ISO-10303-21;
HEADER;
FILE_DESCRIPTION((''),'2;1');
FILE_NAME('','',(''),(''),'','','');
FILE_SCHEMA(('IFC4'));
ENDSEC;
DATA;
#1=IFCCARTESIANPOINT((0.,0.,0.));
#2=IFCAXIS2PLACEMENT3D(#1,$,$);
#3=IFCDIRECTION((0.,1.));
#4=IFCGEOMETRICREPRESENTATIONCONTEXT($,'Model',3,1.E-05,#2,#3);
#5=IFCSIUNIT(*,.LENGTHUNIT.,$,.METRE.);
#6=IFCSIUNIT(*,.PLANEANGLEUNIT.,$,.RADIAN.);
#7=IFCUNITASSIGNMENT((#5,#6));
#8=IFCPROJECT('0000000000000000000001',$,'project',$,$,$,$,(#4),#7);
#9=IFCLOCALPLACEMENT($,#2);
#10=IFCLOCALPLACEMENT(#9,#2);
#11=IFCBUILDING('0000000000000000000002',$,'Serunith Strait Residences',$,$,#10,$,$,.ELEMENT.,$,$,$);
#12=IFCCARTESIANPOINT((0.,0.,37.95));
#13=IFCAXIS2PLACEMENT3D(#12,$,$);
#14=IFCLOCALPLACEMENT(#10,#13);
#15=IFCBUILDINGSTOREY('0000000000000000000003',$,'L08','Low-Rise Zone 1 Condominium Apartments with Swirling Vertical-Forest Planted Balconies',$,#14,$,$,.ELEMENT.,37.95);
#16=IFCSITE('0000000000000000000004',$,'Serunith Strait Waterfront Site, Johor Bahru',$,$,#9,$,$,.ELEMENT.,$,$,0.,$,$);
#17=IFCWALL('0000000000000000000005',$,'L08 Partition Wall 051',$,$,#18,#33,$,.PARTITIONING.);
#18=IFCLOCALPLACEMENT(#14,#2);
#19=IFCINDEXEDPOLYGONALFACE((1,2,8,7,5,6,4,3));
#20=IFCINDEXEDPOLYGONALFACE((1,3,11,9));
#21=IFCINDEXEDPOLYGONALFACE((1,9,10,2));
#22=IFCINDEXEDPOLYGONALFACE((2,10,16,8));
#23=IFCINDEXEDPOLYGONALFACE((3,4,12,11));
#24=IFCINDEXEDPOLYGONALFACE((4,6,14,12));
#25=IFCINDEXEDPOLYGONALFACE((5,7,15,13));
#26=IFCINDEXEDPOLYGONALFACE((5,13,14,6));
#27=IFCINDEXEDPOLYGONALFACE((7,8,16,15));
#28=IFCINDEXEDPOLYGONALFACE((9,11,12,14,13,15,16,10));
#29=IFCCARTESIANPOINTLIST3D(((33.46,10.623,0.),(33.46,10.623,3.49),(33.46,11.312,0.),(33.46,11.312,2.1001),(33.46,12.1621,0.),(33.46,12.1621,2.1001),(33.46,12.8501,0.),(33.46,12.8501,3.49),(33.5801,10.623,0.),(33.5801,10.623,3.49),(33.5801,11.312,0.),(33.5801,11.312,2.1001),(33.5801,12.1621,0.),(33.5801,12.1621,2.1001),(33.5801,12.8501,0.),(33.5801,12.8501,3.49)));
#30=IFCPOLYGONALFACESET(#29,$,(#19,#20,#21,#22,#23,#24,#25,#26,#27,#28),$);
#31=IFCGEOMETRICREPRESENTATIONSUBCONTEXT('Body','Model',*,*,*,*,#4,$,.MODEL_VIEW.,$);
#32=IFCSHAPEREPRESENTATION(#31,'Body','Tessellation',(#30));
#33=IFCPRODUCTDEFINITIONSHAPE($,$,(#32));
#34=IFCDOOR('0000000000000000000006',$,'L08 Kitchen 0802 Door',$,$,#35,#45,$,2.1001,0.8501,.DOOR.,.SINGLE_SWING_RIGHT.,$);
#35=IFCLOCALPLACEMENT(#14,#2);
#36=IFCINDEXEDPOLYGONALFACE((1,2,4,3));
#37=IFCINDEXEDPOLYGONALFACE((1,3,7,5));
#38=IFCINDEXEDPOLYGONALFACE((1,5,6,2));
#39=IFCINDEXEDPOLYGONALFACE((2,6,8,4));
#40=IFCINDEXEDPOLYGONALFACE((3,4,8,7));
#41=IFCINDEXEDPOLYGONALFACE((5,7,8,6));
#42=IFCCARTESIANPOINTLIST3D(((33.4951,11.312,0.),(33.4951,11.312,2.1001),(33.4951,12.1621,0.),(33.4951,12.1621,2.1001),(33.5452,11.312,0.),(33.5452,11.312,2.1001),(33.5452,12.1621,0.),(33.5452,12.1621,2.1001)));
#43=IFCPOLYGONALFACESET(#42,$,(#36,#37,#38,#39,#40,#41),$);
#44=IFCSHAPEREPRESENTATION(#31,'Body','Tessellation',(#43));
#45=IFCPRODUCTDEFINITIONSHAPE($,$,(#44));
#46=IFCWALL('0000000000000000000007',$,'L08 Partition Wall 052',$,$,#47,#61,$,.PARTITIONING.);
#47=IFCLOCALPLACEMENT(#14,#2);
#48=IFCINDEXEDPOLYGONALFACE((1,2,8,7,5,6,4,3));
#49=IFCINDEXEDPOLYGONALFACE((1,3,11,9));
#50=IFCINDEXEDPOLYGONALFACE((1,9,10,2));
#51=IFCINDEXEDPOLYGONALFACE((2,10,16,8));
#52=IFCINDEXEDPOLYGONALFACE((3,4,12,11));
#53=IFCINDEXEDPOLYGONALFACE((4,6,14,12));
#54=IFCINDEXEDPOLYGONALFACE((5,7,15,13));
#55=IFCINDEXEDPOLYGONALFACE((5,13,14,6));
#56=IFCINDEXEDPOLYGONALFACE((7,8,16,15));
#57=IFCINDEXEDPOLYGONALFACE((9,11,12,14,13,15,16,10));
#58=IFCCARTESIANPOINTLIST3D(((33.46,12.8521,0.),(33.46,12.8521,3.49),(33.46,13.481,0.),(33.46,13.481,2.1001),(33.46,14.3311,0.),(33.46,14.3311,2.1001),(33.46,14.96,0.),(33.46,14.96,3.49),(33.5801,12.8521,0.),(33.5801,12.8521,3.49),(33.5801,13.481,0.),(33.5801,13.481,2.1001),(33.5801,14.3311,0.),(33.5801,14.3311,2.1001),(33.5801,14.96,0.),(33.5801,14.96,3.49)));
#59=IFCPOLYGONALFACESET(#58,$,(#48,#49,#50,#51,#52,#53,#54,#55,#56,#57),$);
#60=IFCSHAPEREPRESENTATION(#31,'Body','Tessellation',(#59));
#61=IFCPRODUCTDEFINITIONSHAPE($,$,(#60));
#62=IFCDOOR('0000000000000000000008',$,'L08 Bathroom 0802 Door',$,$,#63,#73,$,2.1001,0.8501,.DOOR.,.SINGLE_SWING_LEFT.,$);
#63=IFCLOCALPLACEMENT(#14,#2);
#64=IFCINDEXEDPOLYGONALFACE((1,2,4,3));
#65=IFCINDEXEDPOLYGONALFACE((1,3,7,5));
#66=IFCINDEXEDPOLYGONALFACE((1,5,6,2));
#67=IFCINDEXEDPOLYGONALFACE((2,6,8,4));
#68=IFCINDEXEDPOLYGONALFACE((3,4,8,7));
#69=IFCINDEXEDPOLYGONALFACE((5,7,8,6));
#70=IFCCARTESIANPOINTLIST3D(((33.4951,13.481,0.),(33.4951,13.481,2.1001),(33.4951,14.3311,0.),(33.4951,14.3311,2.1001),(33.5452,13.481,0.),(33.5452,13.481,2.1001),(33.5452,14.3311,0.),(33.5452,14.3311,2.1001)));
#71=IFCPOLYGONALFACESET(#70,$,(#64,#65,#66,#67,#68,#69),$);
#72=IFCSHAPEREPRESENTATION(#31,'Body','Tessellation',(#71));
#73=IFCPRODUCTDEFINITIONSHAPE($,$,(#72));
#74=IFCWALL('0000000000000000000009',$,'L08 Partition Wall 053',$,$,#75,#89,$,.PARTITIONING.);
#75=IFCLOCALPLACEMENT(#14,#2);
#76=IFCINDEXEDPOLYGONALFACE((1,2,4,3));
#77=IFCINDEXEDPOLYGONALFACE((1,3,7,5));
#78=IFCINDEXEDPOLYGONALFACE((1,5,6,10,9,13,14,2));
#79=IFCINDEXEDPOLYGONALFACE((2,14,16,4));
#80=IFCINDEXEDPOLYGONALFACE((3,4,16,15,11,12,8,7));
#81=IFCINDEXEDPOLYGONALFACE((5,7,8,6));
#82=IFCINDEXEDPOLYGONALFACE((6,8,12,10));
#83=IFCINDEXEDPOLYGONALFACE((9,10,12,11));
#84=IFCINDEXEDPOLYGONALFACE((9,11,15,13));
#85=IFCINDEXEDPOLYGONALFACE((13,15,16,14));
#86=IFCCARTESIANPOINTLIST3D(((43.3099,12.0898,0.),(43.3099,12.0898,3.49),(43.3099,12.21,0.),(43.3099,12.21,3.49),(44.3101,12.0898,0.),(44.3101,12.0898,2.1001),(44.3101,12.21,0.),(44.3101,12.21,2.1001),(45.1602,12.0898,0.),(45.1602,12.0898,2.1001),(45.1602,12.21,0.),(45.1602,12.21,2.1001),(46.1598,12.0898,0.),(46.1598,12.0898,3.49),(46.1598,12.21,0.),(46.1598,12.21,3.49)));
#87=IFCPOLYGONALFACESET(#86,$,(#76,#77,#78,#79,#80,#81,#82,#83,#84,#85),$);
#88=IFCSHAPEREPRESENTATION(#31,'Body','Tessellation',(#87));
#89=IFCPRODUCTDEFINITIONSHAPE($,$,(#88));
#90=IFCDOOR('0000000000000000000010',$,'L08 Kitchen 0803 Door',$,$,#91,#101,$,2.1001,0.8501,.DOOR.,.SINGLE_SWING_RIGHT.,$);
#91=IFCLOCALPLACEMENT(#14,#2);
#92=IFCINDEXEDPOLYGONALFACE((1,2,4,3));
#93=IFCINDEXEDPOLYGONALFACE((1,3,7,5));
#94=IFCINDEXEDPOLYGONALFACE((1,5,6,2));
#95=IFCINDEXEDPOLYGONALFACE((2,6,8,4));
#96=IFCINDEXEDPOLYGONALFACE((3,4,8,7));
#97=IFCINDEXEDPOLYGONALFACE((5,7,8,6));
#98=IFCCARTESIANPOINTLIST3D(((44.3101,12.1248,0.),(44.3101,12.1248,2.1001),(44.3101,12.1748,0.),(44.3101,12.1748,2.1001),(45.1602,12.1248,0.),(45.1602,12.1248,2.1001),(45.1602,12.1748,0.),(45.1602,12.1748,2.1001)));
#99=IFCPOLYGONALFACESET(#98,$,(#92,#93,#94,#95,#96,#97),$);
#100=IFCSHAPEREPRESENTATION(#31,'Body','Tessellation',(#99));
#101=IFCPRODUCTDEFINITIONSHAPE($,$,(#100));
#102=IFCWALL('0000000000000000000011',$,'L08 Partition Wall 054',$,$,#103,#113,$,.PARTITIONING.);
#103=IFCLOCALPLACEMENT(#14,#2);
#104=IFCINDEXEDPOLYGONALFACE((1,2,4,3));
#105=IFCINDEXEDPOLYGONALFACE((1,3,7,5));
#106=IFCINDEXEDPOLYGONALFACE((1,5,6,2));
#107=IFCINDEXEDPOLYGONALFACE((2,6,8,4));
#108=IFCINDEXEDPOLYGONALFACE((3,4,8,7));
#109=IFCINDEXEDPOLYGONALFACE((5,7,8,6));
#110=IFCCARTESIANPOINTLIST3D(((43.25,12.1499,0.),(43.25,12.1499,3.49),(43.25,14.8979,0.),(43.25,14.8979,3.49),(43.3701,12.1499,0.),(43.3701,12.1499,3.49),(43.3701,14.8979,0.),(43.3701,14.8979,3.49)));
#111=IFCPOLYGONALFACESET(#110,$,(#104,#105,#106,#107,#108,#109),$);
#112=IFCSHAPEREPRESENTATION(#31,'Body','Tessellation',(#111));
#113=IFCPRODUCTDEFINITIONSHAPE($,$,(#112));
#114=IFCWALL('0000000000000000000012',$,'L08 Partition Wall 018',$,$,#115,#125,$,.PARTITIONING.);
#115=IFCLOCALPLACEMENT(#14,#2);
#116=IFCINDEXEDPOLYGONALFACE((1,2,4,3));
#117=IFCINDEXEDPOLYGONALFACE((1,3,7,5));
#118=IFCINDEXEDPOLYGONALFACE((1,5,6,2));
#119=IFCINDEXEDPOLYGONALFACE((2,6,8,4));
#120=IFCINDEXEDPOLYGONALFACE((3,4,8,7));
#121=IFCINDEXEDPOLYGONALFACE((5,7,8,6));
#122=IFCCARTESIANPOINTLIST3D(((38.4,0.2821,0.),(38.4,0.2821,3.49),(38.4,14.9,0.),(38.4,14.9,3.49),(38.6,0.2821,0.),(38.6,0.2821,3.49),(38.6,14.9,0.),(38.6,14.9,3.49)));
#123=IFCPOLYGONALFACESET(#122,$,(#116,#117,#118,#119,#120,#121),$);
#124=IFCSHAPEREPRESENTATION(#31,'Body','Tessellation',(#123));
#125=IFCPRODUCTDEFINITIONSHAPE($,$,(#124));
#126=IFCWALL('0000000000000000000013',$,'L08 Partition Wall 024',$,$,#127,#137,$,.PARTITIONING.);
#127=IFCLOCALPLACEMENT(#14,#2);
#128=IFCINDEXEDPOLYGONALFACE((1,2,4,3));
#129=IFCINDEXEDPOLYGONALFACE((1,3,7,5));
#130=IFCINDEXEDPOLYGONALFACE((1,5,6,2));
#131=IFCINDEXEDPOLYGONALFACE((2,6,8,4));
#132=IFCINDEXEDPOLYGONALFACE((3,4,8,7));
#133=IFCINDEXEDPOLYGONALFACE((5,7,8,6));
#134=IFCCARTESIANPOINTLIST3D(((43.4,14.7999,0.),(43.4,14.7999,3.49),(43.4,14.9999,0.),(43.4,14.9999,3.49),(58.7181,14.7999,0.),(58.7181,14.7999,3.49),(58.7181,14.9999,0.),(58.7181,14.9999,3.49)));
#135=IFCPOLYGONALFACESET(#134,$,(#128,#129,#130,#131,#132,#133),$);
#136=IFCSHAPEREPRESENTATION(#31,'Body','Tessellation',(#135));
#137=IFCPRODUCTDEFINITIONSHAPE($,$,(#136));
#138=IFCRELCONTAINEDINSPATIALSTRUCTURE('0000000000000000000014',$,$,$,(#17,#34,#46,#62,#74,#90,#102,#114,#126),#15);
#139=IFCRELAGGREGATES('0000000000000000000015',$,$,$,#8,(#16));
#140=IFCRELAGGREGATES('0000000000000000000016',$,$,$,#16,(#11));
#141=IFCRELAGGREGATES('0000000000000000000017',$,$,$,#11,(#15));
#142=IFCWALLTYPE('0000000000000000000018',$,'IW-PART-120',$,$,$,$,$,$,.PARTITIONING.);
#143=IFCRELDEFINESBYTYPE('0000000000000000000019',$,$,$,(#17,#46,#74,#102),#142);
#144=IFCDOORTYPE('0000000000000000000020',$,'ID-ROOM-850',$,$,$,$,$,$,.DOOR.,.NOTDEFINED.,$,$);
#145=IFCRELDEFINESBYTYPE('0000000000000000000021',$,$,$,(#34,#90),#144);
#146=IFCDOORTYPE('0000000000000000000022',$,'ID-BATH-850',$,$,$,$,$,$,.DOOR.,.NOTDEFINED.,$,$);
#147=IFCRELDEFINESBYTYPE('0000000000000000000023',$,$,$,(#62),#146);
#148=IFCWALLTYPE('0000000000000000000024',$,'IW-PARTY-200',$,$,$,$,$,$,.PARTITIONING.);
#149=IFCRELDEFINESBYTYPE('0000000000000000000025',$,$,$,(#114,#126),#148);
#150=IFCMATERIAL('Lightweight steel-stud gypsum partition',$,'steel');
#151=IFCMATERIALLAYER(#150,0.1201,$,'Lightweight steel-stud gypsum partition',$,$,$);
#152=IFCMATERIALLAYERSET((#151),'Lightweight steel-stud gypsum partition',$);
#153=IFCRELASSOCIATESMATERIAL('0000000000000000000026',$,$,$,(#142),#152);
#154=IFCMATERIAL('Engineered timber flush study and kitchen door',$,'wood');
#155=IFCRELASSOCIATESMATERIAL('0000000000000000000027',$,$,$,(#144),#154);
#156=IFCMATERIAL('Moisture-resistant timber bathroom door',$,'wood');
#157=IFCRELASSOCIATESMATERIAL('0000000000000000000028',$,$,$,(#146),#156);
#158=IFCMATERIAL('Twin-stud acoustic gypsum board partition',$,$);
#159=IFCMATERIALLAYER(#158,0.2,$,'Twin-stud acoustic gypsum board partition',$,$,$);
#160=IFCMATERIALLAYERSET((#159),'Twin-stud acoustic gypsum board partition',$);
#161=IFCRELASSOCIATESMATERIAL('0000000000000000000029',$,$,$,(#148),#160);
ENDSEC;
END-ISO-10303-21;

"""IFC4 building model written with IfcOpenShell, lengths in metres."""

from ifc_helpers import new_model, si_unit, direction, frame, frame_2d, origin, place, context, subcontext, project, spatial, rectangle, extrude, source, transform, mapped, material, layer, layer_set, type_object, element, fill, save


model = new_model("IFC4")

# Units and contexts
model_context = context("Model", 3, precision=1e-05, world=origin(), true_north=direction((0.0, 1.0)))
body_context = subcontext(model_context, "Body", "Model", "MODEL_VIEW")
ifc_project = project(units=[si_unit("LENGTHUNIT", "METRE"), si_unit("PLANEANGLEUNIT", "RADIAN")], contexts=[model_context])

# Site, building, storey
site_placement = place(None, origin())
site = spatial("IfcSite", under=ifc_project, at=site_placement, Name="Serunith Strait Waterfront Site, Johor Bahru", CompositionType="ELEMENT", RefElevation=0.0)
building_placement = place(site_placement, origin())
building = spatial("IfcBuilding", under=site, at=building_placement, Name="Serunith Strait Residences", CompositionType="ELEMENT")
storey_placement = place(building_placement, frame((0.0, 0.0, 37.95)))
storey = spatial("IfcBuildingStorey", under=building, at=storey_placement, Name="L08", Description="Low-Rise Zone 1 Condominium Apartments with Swirling Vertical-Forest Planted Balconies", CompositionType="ELEMENT", Elevation=37.95)

# Walls, openings, doors
ifc_material_1 = material(Name="Lightweight steel-stud gypsum partition", Category="steel")
ifc_layer_1 = layer(ifc_material_1, 0.1201, Name="Lightweight steel-stud gypsum partition")
ifc_layer_set_1 = layer_set([ifc_layer_1], Name="Lightweight steel-stud gypsum partition")
wall_type_1 = type_object("IfcWallType", Name="IW-PART-120", PredefinedType="PARTITIONING", material=ifc_layer_set_1)
ifc_material_2 = material(Name="Engineered timber flush study and kitchen door", Category="wood")
door_type_1 = type_object("IfcDoorType", Name="ID-ROOM-850", OperationType="NOTDEFINED", PredefinedType="DOOR", material=ifc_material_2)
shared_shape_1 = source(origin(), body_context, "Body", "SweptSolid", [
    extrude(rectangle(XDim=0.8501, YDim=2.1001, at=frame_2d((0.425, 1.05))), frame((0.0, 0.0249, 0.0), z_axis=(0.0, -1.0, 0.0), x_axis=(1.0, 0.0, 0.0)), (0.0, 0.0, 1.0), 0.05),
])
wall_1_placement = place(storey_placement, frame((33.52, 10.623, 0.0), z_axis=(0.0, 0.0, 1.0), x_axis=(0.0, 1.0, 0.0)))
wall_1 = element("IfcWall", 1, at=wall_1_placement, inside=storey, type_object=wall_type_1, Name="L08 Partition Wall 051", PredefinedType="PARTITIONING", context=body_context, shape_type="SweptSolid", body=[
    extrude(rectangle(XDim=2.2271, YDim=0.1201, at=frame_2d((1.1135, 0.0))), origin(), (0.0, 0.0, 1.0), 3.49),
])
opening_1_placement = place(wall_1_placement, frame((0.689, 0.0, 0.0)))
opening_1 = element("IfcOpeningElement", 2, at=opening_1_placement, cuts=wall_1, PredefinedType="OPENING", context=body_context, shape_type="SweptSolid", body=[
    extrude(rectangle(XDim=0.8501, YDim=2.1001, at=frame_2d((0.425, 1.05))), frame((0.0, 0.0701, 0.0), z_axis=(0.0, -1.0, 0.0), x_axis=(1.0, 0.0, 0.0)), (0.0, 0.0, 1.0), 0.1401),
])
door_1_placement = place(opening_1_placement, origin())
door_1 = element("IfcDoor", 3, at=door_1_placement, inside=storey, type_object=door_type_1, Name="L08 Kitchen 0802 Door", OperationType="SINGLE_SWING_RIGHT", OverallHeight=2.1001, OverallWidth=0.8501, PredefinedType="DOOR", context=body_context, shape_type="MappedRepresentation", body=[
    mapped(shared_shape_1, transform((0.0, 0.0, 0.0), scale=1.0)),
])
fill(opening_1, door_1)
wall_2_placement = place(storey_placement, frame((33.52, 12.8521, 0.0), z_axis=(0.0, 0.0, 1.0), x_axis=(0.0, 1.0, 0.0)))
wall_2 = element("IfcWall", 4, at=wall_2_placement, inside=storey, type_object=wall_type_1, Name="L08 Partition Wall 052", PredefinedType="PARTITIONING", context=body_context, shape_type="SweptSolid", body=[
    extrude(rectangle(XDim=2.1079, YDim=0.1201, at=frame_2d((1.054, 0.0))), origin(), (0.0, 0.0, 1.0), 3.49),
])
opening_2_placement = place(wall_2_placement, frame((0.6289, 0.0, 0.0)))
opening_2 = element("IfcOpeningElement", 5, at=opening_2_placement, cuts=wall_2, PredefinedType="OPENING", context=body_context, shape_type="SweptSolid", body=[
    extrude(rectangle(XDim=0.8501, YDim=2.1001, at=frame_2d((0.425, 1.05))), frame((0.0, 0.0701, 0.0), z_axis=(0.0, -1.0, 0.0), x_axis=(1.0, 0.0, 0.0)), (0.0, 0.0, 1.0), 0.1401),
])
ifc_material_3 = material(Name="Moisture-resistant timber bathroom door", Category="wood")
door_type_2 = type_object("IfcDoorType", Name="ID-BATH-850", OperationType="NOTDEFINED", PredefinedType="DOOR", material=ifc_material_3)
door_2_placement = place(opening_2_placement, origin())
door_2 = element("IfcDoor", 6, at=door_2_placement, inside=storey, type_object=door_type_2, Name="L08 Bathroom 0802 Door", OperationType="SINGLE_SWING_LEFT", OverallHeight=2.1001, OverallWidth=0.8501, PredefinedType="DOOR", context=body_context, shape_type="MappedRepresentation", body=[
    mapped(shared_shape_1, transform((0.0, 0.0, 0.0), scale=1.0)),
])
fill(opening_2, door_2)
wall_3_placement = place(storey_placement, frame((43.3101, 12.1499, 0.0), z_axis=(0.0, 0.0, 1.0), x_axis=(1.0, 0.0, 0.0)))
wall_3 = element("IfcWall", 7, at=wall_3_placement, inside=storey, type_object=wall_type_1, Name="L08 Partition Wall 053", PredefinedType="PARTITIONING", context=body_context, shape_type="SweptSolid", body=[
    extrude(rectangle(XDim=2.8499, YDim=0.1201, at=frame_2d((1.4248, 0.0))), origin(), (0.0, 0.0, 1.0), 3.49),
])
opening_3_placement = place(wall_3_placement, frame((1.0, 0.0, 0.0)))
opening_3 = element("IfcOpeningElement", 8, at=opening_3_placement, cuts=wall_3, PredefinedType="OPENING", context=body_context, shape_type="SweptSolid", body=[
    extrude(rectangle(XDim=0.8501, YDim=2.1001, at=frame_2d((0.425, 1.05))), frame((0.0, 0.0701, 0.0), z_axis=(0.0, -1.0, 0.0), x_axis=(1.0, 0.0, 0.0)), (0.0, 0.0, 1.0), 0.1401),
])
door_3_placement = place(opening_3_placement, origin())
door_3 = element("IfcDoor", 9, at=door_3_placement, inside=storey, type_object=door_type_1, Name="L08 Kitchen 0803 Door", OperationType="SINGLE_SWING_RIGHT", OverallHeight=2.1001, OverallWidth=0.8501, PredefinedType="DOOR", context=body_context, shape_type="MappedRepresentation", body=[
    mapped(shared_shape_1, transform((0.0, 0.0, 0.0), scale=1.0)),
])
fill(opening_3, door_3)

# Walls
wall_4_placement = place(storey_placement, frame((43.3101, 12.1499, 0.0), z_axis=(0.0, 0.0, 1.0), x_axis=(0.0, 1.0, 0.0)))
element("IfcWall", 10, at=wall_4_placement, inside=storey, type_object=wall_type_1, Name="L08 Partition Wall 054", PredefinedType="PARTITIONING", context=body_context, shape_type="SweptSolid", body=[
    extrude(rectangle(XDim=2.748, YDim=0.1201, at=frame_2d((1.374, 0.0))), origin(), (0.0, 0.0, 1.0), 3.49),
])
ifc_material_4 = material(Name="Twin-stud acoustic gypsum board partition")
ifc_layer_2 = layer(ifc_material_4, 0.2, Name="Twin-stud acoustic gypsum board partition")
ifc_layer_set_2 = layer_set([ifc_layer_2], Name="Twin-stud acoustic gypsum board partition")
wall_type_2 = type_object("IfcWallType", Name="IW-PARTY-200", PredefinedType="PARTITIONING", material=ifc_layer_set_2)
wall_5_placement = place(storey_placement, frame((38.5, 0.282, 0.0), z_axis=(0.0, 0.0, 1.0), x_axis=(0.0, 1.0, 0.0)))
element("IfcWall", 11, at=wall_5_placement, inside=storey, type_object=wall_type_2, Name="L08 Partition Wall 018", PredefinedType="PARTITIONING", context=body_context, shape_type="SweptSolid", body=[
    extrude(rectangle(XDim=14.6179, YDim=0.2, at=frame_2d((7.3091, 0.0))), origin(), (0.0, 0.0, 1.0), 3.49),
])
wall_6_placement = place(storey_placement, frame((43.3999, 14.8999, 0.0), z_axis=(0.0, 0.0, 1.0), x_axis=(1.0, 0.0, 0.0)))
element("IfcWall", 12, at=wall_6_placement, inside=storey, type_object=wall_type_2, Name="L08 Partition Wall 024", PredefinedType="PARTITIONING", context=body_context, shape_type="SweptSolid", body=[
    extrude(rectangle(XDim=15.3181, YDim=0.2, at=frame_2d((7.6592, 0.0))), origin(), (0.0, 0.0, 1.0), 3.49),
])

save(model, "model.ifc")
